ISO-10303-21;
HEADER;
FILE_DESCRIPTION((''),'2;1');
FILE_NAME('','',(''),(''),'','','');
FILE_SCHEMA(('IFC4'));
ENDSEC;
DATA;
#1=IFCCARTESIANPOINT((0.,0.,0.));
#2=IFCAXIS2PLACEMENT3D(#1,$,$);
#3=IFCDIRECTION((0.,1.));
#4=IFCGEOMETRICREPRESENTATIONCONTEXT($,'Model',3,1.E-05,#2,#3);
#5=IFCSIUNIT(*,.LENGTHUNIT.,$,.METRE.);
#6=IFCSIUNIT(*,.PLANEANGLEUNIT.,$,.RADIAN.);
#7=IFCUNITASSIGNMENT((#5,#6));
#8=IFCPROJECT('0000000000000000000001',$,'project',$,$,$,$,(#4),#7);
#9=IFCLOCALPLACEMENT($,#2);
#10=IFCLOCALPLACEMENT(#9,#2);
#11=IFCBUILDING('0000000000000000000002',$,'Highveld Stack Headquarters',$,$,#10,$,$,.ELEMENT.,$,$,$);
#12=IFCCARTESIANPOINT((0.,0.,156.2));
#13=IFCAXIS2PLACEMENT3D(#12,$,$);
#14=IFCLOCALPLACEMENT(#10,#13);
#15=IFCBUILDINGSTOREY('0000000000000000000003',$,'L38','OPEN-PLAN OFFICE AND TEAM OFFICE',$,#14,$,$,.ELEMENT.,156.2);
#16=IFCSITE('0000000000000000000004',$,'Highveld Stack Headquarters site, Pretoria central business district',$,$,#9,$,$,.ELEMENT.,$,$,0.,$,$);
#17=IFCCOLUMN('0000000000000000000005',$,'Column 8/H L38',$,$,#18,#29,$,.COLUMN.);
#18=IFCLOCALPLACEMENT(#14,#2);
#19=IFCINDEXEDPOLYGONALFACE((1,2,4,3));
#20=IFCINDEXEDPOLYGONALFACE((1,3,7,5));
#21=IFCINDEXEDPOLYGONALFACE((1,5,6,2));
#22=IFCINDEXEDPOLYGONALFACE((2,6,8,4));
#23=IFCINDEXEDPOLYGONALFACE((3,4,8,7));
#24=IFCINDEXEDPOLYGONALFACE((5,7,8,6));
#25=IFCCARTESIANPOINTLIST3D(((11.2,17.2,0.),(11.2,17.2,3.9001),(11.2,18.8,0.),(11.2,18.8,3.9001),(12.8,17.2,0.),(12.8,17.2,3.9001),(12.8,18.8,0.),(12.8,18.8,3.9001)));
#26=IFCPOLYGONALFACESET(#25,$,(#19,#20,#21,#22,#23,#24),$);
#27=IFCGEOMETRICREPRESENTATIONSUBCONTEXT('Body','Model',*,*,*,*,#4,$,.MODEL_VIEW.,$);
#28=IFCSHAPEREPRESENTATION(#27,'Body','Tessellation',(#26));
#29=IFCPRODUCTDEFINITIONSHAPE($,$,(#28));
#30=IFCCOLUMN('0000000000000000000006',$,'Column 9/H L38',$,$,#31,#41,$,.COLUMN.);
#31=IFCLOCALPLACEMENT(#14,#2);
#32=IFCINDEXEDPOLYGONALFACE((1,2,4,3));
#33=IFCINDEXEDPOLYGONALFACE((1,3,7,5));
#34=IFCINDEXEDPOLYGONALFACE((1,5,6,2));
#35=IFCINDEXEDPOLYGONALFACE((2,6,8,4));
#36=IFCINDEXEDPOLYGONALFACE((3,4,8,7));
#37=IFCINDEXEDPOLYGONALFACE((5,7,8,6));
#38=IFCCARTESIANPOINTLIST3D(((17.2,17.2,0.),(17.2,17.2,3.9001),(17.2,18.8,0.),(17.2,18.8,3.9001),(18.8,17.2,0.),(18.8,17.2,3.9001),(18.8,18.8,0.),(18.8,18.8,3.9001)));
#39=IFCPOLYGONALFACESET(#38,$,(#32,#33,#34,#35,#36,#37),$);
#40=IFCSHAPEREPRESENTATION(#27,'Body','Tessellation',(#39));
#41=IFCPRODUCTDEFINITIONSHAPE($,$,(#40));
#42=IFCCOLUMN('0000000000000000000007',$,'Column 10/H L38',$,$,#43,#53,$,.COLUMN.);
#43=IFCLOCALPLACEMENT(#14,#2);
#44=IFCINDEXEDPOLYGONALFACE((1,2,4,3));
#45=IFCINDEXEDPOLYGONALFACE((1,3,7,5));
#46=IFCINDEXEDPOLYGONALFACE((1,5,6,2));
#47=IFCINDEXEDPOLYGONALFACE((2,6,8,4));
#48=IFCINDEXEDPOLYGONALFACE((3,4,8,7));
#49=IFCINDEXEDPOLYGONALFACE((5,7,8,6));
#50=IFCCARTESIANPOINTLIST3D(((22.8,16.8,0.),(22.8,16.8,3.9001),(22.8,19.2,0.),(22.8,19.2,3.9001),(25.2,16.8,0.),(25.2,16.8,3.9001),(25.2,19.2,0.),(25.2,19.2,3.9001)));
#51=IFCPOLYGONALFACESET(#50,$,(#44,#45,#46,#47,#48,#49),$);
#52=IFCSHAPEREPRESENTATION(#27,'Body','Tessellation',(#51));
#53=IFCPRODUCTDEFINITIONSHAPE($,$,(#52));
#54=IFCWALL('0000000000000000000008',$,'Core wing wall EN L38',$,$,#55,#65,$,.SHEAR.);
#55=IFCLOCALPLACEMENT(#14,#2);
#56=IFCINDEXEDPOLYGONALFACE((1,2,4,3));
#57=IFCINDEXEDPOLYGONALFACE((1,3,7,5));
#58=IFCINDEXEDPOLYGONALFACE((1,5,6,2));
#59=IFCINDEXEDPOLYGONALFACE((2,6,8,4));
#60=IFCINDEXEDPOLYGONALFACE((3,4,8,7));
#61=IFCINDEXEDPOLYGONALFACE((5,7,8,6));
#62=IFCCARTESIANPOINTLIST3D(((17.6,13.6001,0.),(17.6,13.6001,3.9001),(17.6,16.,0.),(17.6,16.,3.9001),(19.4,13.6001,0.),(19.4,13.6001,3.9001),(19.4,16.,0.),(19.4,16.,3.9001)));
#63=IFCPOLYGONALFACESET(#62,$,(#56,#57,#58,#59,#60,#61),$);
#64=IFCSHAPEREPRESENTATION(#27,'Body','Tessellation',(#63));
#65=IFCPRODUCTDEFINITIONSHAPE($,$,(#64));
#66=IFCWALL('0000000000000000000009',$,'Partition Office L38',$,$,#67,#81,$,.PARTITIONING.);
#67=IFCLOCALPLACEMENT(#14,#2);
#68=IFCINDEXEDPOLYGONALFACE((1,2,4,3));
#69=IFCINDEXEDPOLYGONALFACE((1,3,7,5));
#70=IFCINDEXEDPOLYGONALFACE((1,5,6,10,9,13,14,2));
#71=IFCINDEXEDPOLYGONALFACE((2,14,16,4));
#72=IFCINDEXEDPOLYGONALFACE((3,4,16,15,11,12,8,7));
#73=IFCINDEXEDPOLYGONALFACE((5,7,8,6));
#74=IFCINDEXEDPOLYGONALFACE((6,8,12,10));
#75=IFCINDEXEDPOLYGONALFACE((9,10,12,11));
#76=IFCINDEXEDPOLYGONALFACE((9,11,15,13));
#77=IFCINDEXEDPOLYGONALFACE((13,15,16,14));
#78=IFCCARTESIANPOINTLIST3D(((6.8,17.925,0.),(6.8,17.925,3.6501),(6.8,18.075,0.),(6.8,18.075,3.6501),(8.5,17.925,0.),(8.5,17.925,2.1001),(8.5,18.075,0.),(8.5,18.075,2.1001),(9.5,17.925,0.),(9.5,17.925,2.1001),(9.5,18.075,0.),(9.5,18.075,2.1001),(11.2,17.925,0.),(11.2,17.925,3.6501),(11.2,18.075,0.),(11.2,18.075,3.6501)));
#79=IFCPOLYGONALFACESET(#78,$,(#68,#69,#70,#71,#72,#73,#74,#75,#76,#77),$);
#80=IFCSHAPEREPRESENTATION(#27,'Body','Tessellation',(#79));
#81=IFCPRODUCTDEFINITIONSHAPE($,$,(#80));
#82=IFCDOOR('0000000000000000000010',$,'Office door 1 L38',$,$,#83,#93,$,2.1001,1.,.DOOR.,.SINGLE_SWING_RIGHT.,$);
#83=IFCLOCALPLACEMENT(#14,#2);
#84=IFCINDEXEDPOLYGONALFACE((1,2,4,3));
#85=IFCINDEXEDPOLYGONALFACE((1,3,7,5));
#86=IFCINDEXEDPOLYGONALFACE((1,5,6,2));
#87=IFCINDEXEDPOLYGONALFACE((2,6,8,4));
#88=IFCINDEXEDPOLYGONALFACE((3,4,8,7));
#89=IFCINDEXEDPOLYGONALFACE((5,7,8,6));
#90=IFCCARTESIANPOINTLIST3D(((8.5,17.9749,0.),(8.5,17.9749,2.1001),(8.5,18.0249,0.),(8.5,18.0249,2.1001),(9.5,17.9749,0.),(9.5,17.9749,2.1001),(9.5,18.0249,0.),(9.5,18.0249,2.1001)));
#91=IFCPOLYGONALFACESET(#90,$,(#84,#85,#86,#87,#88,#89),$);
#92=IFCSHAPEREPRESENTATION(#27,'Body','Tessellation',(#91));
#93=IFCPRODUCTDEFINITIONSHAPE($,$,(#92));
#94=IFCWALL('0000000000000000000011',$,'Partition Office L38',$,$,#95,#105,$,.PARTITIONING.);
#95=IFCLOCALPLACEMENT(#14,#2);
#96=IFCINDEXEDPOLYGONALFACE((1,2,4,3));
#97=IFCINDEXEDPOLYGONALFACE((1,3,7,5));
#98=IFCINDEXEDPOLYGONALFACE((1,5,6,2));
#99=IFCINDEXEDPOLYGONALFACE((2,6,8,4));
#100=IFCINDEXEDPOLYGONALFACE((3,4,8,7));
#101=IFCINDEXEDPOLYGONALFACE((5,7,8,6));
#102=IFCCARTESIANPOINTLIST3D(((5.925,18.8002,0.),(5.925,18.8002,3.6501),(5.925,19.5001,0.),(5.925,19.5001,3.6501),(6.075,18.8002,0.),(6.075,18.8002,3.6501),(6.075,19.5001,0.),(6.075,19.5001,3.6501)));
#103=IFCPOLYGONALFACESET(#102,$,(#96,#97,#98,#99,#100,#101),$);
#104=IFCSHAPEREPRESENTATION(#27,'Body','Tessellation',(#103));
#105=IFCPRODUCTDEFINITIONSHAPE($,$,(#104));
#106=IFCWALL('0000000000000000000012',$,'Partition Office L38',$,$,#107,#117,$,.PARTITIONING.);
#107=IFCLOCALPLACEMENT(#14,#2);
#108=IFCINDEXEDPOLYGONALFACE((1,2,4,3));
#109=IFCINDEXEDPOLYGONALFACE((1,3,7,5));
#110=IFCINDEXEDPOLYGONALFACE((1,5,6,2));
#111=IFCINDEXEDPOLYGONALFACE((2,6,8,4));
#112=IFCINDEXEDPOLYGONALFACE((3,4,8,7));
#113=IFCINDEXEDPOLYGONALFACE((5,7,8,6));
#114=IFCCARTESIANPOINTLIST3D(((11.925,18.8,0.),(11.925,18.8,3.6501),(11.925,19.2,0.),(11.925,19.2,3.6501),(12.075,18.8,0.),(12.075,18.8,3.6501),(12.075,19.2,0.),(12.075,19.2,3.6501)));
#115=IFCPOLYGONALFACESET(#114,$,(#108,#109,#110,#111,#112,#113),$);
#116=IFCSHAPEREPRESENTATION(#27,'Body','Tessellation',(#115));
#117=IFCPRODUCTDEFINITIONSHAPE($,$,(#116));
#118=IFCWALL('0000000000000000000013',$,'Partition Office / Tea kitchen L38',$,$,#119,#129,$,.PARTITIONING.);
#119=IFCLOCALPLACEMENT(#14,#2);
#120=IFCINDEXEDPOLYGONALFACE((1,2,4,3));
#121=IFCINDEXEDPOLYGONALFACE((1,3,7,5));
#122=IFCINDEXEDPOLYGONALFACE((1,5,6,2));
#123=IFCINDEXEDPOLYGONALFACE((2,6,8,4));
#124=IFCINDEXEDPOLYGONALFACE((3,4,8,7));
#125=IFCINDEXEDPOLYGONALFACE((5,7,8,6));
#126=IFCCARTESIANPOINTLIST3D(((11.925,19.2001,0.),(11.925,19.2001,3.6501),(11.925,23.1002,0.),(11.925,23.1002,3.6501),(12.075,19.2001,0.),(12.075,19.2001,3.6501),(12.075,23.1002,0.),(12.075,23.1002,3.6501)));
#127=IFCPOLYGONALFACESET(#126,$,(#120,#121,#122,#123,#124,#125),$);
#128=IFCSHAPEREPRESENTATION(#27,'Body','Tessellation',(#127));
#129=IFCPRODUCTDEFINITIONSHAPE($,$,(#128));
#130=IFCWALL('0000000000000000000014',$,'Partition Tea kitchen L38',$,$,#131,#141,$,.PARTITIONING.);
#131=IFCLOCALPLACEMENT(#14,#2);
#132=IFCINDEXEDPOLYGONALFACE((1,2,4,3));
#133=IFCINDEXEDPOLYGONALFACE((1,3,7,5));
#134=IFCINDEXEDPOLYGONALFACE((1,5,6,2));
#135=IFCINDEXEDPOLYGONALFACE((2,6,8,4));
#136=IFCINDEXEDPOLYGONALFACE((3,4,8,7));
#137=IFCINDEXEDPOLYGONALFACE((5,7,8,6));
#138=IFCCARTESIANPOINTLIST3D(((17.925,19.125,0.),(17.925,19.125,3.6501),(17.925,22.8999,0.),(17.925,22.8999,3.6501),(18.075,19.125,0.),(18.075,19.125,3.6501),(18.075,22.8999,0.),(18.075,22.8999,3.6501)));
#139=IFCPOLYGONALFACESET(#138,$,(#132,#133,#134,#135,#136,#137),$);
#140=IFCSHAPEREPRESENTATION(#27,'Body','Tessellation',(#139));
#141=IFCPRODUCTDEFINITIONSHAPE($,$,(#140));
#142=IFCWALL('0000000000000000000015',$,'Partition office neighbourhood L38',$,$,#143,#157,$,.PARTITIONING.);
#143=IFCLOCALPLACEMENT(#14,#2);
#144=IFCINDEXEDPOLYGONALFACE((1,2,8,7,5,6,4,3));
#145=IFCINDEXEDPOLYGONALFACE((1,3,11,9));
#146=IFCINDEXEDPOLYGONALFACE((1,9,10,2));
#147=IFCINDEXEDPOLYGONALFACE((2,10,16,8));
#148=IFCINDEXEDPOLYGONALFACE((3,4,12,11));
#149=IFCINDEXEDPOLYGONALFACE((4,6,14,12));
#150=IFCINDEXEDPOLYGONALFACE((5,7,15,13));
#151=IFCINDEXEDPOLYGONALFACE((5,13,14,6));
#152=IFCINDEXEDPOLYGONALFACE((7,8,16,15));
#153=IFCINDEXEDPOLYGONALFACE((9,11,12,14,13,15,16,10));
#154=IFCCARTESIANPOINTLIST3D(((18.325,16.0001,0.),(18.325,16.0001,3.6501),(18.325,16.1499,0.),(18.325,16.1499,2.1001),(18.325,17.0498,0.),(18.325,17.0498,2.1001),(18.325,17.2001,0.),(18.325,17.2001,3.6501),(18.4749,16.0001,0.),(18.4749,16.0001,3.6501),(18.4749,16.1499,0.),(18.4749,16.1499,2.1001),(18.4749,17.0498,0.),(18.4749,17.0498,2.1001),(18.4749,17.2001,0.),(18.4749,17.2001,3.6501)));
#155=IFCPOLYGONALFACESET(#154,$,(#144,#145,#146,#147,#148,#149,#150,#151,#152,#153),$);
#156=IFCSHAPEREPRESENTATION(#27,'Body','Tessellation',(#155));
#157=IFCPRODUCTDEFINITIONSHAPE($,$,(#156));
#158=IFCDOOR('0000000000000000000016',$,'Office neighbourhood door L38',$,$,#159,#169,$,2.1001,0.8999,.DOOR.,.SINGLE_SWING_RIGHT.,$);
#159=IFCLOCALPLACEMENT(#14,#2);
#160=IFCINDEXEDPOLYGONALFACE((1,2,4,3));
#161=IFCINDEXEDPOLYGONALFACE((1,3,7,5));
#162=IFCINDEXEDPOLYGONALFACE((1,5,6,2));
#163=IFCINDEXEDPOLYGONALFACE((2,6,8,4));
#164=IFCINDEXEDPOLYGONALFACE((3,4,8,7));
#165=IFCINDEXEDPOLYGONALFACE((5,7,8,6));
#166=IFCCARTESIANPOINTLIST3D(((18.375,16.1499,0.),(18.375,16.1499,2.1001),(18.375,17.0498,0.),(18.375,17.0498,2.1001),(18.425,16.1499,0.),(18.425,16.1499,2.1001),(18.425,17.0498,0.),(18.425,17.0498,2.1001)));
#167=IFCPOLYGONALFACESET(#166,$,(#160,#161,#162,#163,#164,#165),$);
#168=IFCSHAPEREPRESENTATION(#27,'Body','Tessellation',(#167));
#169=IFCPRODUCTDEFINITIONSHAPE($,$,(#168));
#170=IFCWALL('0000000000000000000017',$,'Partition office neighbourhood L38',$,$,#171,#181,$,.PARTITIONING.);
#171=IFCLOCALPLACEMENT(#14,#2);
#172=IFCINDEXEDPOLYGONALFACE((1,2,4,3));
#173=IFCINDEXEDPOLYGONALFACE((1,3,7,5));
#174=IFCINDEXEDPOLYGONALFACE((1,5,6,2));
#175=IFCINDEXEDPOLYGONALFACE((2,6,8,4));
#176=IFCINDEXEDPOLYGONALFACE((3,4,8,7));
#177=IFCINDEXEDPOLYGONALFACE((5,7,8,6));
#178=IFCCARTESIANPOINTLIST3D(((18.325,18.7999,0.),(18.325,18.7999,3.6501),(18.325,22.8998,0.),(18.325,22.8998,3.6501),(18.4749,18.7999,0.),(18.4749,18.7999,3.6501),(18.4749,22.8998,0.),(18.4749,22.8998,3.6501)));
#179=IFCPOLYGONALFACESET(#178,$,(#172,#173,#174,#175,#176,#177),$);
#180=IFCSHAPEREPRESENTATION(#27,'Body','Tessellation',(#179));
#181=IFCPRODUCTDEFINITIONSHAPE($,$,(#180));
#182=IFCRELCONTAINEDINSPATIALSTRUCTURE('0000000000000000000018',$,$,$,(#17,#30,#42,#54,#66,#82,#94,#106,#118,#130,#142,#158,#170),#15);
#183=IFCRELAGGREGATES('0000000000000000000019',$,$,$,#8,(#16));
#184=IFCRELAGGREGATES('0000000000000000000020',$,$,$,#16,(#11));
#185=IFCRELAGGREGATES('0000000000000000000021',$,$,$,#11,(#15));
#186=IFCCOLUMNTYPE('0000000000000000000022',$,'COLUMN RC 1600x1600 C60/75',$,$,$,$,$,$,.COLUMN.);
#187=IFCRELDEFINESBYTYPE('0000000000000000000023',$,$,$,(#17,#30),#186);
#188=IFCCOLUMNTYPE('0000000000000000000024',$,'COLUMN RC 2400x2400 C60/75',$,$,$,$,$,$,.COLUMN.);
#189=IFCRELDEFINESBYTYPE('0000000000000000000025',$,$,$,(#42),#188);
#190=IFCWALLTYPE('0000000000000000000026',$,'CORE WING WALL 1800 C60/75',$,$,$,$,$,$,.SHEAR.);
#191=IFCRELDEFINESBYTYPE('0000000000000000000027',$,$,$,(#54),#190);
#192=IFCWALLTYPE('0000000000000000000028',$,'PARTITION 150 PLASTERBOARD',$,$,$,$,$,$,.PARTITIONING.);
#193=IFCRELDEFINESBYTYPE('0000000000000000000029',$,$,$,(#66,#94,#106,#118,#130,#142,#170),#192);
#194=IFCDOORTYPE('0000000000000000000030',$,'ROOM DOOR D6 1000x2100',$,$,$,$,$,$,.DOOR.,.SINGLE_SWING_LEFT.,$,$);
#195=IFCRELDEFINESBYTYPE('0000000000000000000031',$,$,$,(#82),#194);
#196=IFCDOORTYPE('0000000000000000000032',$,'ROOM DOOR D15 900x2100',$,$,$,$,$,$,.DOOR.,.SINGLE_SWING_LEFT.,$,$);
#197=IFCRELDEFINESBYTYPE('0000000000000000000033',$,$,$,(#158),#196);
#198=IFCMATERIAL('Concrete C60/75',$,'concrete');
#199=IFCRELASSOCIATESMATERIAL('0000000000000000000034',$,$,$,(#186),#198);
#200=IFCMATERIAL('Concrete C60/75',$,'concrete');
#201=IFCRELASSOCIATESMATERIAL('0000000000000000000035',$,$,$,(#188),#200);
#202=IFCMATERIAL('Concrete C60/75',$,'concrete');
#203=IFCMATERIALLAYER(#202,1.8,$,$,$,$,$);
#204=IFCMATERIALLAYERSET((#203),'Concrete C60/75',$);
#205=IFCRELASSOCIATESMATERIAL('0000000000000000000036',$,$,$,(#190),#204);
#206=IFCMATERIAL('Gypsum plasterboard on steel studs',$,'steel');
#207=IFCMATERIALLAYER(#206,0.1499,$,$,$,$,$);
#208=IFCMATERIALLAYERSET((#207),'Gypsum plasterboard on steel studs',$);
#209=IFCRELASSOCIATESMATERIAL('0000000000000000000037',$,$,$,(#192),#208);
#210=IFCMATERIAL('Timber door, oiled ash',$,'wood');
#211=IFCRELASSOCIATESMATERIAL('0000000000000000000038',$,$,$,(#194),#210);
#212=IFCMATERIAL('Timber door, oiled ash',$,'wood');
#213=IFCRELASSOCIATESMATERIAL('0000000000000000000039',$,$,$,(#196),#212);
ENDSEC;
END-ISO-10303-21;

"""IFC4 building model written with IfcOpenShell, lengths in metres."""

from ifc_helpers import new_model, si_unit, direction, frame, frame_2d, origin, origin_2d, place, context, subcontext, project, spatial, rectangle, extrude, material, layer, layer_set, material_profile, profile_set, type_object, element, fill, save


model = new_model("IFC4")

# Units and contexts
model_context = context("Model", 3, precision=1e-05, world=origin(), true_north=direction((0.0, 1.0)))
body_context = subcontext(model_context, "Body", "Model", "MODEL_VIEW")
ifc_project = project(units=[si_unit("LENGTHUNIT", "METRE"), si_unit("PLANEANGLEUNIT", "RADIAN")], contexts=[model_context])

# Site, building, storey
site_placement = place(None, origin())
site = spatial("IfcSite", under=ifc_project, at=site_placement, Name="Highveld Stack Headquarters site, Pretoria central business district", CompositionType="ELEMENT", RefElevation=0.0)
building_placement = place(site_placement, origin())
building = spatial("IfcBuilding", under=site, at=building_placement, Name="Highveld Stack Headquarters", CompositionType="ELEMENT")
storey_placement = place(building_placement, frame((0.0, 0.0, 156.2)))
storey = spatial("IfcBuildingStorey", under=building, at=storey_placement, Name="L38", Description="OPEN-PLAN OFFICE AND TEAM OFFICE", CompositionType="ELEMENT", Elevation=156.2)

# Columns
ifc_material_1 = material(Name="Concrete C60/75", Category="concrete")
ifc_material_profile_1 = material_profile(ifc_material_1, rectangle(XDim=1.6001, YDim=1.6001, at=origin_2d()), Name="RC 1600x1600")
ifc_profile_set_1 = profile_set([ifc_material_profile_1], Name="Concrete C60/75")
column_type_1 = type_object("IfcColumnType", Name="COLUMN RC 1600x1600 C60/75", PredefinedType="COLUMN", material=ifc_profile_set_1)
for number, where, z_axis, x_axis, name in (
    (1, (12.0, 18.0, 0.0), (0.0, 0.0, 1.0), (1.0, 0.0, 0.0), "Column 8/H L38"),
    (2, (18.0, 18.0, 0.0), (0.0, 0.0, 1.0), (1.0, 0.0, 0.0), "Column 9/H L38"),
):
    element("IfcColumn", number, at=place(storey_placement, frame(where, z_axis=z_axis, x_axis=x_axis)), inside=storey, type_object=column_type_1, Name=name, PredefinedType="COLUMN", context=body_context, shape_type="SweptSolid", body=[
        extrude(rectangle(XDim=1.6001, YDim=1.6001, at=origin_2d()), origin(), (0.0, 0.0, 1.0), 3.9001),
    ])
ifc_material_2 = material(Name="Concrete C60/75", Category="concrete")
ifc_material_profile_2 = material_profile(ifc_material_2, rectangle(XDim=2.3999, YDim=2.3999, at=origin_2d()), Name="RC 2400x2400")
ifc_profile_set_2 = profile_set([ifc_material_profile_2], Name="Concrete C60/75")
column_type_2 = type_object("IfcColumnType", Name="COLUMN RC 2400x2400 C60/75", PredefinedType="COLUMN", material=ifc_profile_set_2)
column_placement = place(storey_placement, frame((24.0, 18.0, 0.0), z_axis=(0.0, 0.0, 1.0), x_axis=(1.0, 0.0, 0.0)))
element("IfcColumn", 3, at=column_placement, inside=storey, type_object=column_type_2, Name="Column 10/H L38", PredefinedType="COLUMN", context=body_context, shape_type="SweptSolid", body=[
    extrude(rectangle(XDim=2.3999, YDim=2.3999, at=origin_2d()), origin(), (0.0, 0.0, 1.0), 3.9001),
])

# Wall
ifc_material_3 = material(Name="Concrete C60/75", Category="concrete")
ifc_layer_1 = layer(ifc_material_3, 1.8)
ifc_layer_set_1 = layer_set([ifc_layer_1], Name="Concrete C60/75")
wall_type_1 = type_object("IfcWallType", Name="CORE WING WALL 1800 C60/75", PredefinedType="SHEAR", material=ifc_layer_set_1)
wall_1_placement = place(storey_placement, frame((18.5, 13.6001, 0.0), z_axis=(0.0, 0.0, 1.0), x_axis=(0.0, 1.0, 0.0)))
element("IfcWall", 4, at=wall_1_placement, inside=storey, type_object=wall_type_1, Name="Core wing wall EN L38", PredefinedType="SHEAR", context=body_context, shape_type="SweptSolid", body=[
    extrude(rectangle(XDim=2.3999, YDim=1.8, at=frame_2d((1.2, 0.0))), origin(), (0.0, 0.0, 1.0), 3.9001),
])

# Wall, opening, door
ifc_material_4 = material(Name="Gypsum plasterboard on steel studs", Category="steel")
ifc_layer_2 = layer(ifc_material_4, 0.1499)
ifc_layer_set_2 = layer_set([ifc_layer_2], Name="Gypsum plasterboard on steel studs")
wall_type_2 = type_object("IfcWallType", Name="PARTITION 150 PLASTERBOARD", PredefinedType="PARTITIONING", material=ifc_layer_set_2)
wall_2_placement = place(storey_placement, frame((6.8, 18.0, 0.0), z_axis=(0.0, 0.0, 1.0), x_axis=(1.0, 0.0, 0.0)))
wall_2 = element("IfcWall", 5, at=wall_2_placement, inside=storey, type_object=wall_type_2, Name="Partition Office L38", PredefinedType="PARTITIONING", context=body_context, shape_type="SweptSolid", body=[
    extrude(rectangle(XDim=4.3999, YDim=0.1499, at=frame_2d((2.2, 0.0))), origin(), (0.0, 0.0, 1.0), 3.6501),
])
opening_1_placement = place(wall_2_placement, frame((1.7, 0.0, 0.0)))
opening_1 = element("IfcOpeningElement", 6, at=opening_1_placement, cuts=wall_2, PredefinedType="OPENING", context=body_context, shape_type="SweptSolid", body=[
    extrude(rectangle(XDim=1.0, YDim=2.1001, at=frame_2d((0.5, 1.05))), frame((0.0, 0.085, 0.0), z_axis=(0.0, -1.0, 0.0), x_axis=(1.0, 0.0, 0.0)), (0.0, 0.0, 1.0), 0.1699),
])
ifc_material_5 = material(Name="Timber door, oiled ash", Category="wood")
door_type_1 = type_object("IfcDoorType", Name="ROOM DOOR D6 1000x2100", OperationType="SINGLE_SWING_LEFT", PredefinedType="DOOR", material=ifc_material_5)
door_1_placement = place(opening_1_placement, origin())
door_1 = element("IfcDoor", 7, at=door_1_placement, inside=storey, type_object=door_type_1, Name="Office door 1 L38", OperationType="SINGLE_SWING_RIGHT", OverallHeight=2.1001, OverallWidth=1.0, PredefinedType="DOOR", context=body_context, shape_type="SweptSolid", body=[
    extrude(rectangle(XDim=1.0, YDim=2.1001, at=frame_2d((0.5, 1.05))), frame((0.0, 0.0249, 0.0), z_axis=(0.0, -1.0, 0.0), x_axis=(1.0, 0.0, 0.0)), (0.0, 0.0, 1.0), 0.05),
])
fill(opening_1, door_1)

# Walls
wall_3_placement = place(storey_placement, frame((6.0, 18.8, 0.0), z_axis=(0.0, 0.0, 1.0), x_axis=(0.0, 1.0, 0.0)))
element("IfcWall", 8, at=wall_3_placement, inside=storey, type_object=wall_type_2, Name="Partition Office L38", PredefinedType="PARTITIONING", context=body_context, shape_type="SweptSolid", body=[
    extrude(rectangle(XDim=0.7, YDim=0.1499, at=frame_2d((0.3501, 0.0))), origin(), (0.0, 0.0, 1.0), 3.6501),
])
wall_4_placement = place(storey_placement, frame((12.0, 18.8, 0.0), z_axis=(0.0, 0.0, 1.0), x_axis=(0.0, 1.0, 0.0)))
element("IfcWall", 9, at=wall_4_placement, inside=storey, type_object=wall_type_2, Name="Partition Office L38", PredefinedType="PARTITIONING", context=body_context, shape_type="SweptSolid", body=[
    extrude(rectangle(XDim=0.3999, YDim=0.1499, at=frame_2d((0.2, 0.0))), origin(), (0.0, 0.0, 1.0), 3.6501),
])
wall_5_placement = place(storey_placement, frame((12.0, 19.2, 0.0), z_axis=(0.0, 0.0, 1.0), x_axis=(0.0, 1.0, 0.0)))
element("IfcWall", 10, at=wall_5_placement, inside=storey, type_object=wall_type_2, Name="Partition Office / Tea kitchen L38", PredefinedType="PARTITIONING", context=body_context, shape_type="SweptSolid", body=[
    extrude(rectangle(XDim=3.9001, YDim=0.1499, at=frame_2d((1.9502, 0.0))), origin(), (0.0, 0.0, 1.0), 3.6501),
])
wall_6_placement = place(storey_placement, frame((18.0, 19.125, 0.0), z_axis=(0.0, 0.0, 1.0), x_axis=(0.0, 1.0, 0.0)))
element("IfcWall", 11, at=wall_6_placement, inside=storey, type_object=wall_type_2, Name="Partition Tea kitchen L38", PredefinedType="PARTITIONING", context=body_context, shape_type="SweptSolid", body=[
    extrude(rectangle(XDim=3.7749, YDim=0.1499, at=frame_2d((1.8875, 0.0))), origin(), (0.0, 0.0, 1.0), 3.6501),
])

# Wall, opening, door
wall_7_placement = place(storey_placement, frame((18.3999, 16.0, 0.0), z_axis=(0.0, 0.0, 1.0), x_axis=(0.0, 1.0, 0.0)))
wall_7 = element("IfcWall", 12, at=wall_7_placement, inside=storey, type_object=wall_type_2, Name="Partition office neighbourhood L38", PredefinedType="PARTITIONING", context=body_context, shape_type="SweptSolid", body=[
    extrude(rectangle(XDim=1.2, YDim=0.1499, at=frame_2d((0.6001, 0.0))), origin(), (0.0, 0.0, 1.0), 3.6501),
])
opening_2_placement = place(wall_7_placement, frame((0.1499, 0.0, 0.0)))
opening_2 = element("IfcOpeningElement", 13, at=opening_2_placement, cuts=wall_7, PredefinedType="OPENING", context=body_context, shape_type="SweptSolid", body=[
    extrude(rectangle(XDim=0.8999, YDim=2.1001, at=frame_2d((0.45, 1.05))), frame((0.0, 0.085, 0.0), z_axis=(0.0, -1.0, 0.0), x_axis=(1.0, 0.0, 0.0)), (0.0, 0.0, 1.0), 0.1699),
])
ifc_material_6 = material(Name="Timber door, oiled ash", Category="wood")
door_type_2 = type_object("IfcDoorType", Name="ROOM DOOR D15 900x2100", OperationType="SINGLE_SWING_LEFT", PredefinedType="DOOR", material=ifc_material_6)
door_2_placement = place(opening_2_placement, origin())
door_2 = element("IfcDoor", 14, at=door_2_placement, inside=storey, type_object=door_type_2, Name="Office neighbourhood door L38", OperationType="SINGLE_SWING_RIGHT", OverallHeight=2.1001, OverallWidth=0.8999, PredefinedType="DOOR", context=body_context, shape_type="SweptSolid", body=[
    extrude(rectangle(XDim=0.8999, YDim=2.1001, at=frame_2d((0.45, 1.05))), frame((0.0, 0.0249, 0.0), z_axis=(0.0, -1.0, 0.0), x_axis=(1.0, 0.0, 0.0)), (0.0, 0.0, 1.0), 0.05),
])
fill(opening_2, door_2)

# Wall
wall_8_placement = place(storey_placement, frame((18.3999, 18.8, 0.0), z_axis=(0.0, 0.0, 1.0), x_axis=(0.0, 1.0, 0.0)))
element("IfcWall", 15, at=wall_8_placement, inside=storey, type_object=wall_type_2, Name="Partition office neighbourhood L38", PredefinedType="PARTITIONING", context=body_context, shape_type="SweptSolid", body=[
    extrude(rectangle(XDim=4.0999, YDim=0.1499, at=frame_2d((2.0498, 0.0))), origin(), (0.0, 0.0, 1.0), 3.6501),
])

save(model, "model.ifc")
